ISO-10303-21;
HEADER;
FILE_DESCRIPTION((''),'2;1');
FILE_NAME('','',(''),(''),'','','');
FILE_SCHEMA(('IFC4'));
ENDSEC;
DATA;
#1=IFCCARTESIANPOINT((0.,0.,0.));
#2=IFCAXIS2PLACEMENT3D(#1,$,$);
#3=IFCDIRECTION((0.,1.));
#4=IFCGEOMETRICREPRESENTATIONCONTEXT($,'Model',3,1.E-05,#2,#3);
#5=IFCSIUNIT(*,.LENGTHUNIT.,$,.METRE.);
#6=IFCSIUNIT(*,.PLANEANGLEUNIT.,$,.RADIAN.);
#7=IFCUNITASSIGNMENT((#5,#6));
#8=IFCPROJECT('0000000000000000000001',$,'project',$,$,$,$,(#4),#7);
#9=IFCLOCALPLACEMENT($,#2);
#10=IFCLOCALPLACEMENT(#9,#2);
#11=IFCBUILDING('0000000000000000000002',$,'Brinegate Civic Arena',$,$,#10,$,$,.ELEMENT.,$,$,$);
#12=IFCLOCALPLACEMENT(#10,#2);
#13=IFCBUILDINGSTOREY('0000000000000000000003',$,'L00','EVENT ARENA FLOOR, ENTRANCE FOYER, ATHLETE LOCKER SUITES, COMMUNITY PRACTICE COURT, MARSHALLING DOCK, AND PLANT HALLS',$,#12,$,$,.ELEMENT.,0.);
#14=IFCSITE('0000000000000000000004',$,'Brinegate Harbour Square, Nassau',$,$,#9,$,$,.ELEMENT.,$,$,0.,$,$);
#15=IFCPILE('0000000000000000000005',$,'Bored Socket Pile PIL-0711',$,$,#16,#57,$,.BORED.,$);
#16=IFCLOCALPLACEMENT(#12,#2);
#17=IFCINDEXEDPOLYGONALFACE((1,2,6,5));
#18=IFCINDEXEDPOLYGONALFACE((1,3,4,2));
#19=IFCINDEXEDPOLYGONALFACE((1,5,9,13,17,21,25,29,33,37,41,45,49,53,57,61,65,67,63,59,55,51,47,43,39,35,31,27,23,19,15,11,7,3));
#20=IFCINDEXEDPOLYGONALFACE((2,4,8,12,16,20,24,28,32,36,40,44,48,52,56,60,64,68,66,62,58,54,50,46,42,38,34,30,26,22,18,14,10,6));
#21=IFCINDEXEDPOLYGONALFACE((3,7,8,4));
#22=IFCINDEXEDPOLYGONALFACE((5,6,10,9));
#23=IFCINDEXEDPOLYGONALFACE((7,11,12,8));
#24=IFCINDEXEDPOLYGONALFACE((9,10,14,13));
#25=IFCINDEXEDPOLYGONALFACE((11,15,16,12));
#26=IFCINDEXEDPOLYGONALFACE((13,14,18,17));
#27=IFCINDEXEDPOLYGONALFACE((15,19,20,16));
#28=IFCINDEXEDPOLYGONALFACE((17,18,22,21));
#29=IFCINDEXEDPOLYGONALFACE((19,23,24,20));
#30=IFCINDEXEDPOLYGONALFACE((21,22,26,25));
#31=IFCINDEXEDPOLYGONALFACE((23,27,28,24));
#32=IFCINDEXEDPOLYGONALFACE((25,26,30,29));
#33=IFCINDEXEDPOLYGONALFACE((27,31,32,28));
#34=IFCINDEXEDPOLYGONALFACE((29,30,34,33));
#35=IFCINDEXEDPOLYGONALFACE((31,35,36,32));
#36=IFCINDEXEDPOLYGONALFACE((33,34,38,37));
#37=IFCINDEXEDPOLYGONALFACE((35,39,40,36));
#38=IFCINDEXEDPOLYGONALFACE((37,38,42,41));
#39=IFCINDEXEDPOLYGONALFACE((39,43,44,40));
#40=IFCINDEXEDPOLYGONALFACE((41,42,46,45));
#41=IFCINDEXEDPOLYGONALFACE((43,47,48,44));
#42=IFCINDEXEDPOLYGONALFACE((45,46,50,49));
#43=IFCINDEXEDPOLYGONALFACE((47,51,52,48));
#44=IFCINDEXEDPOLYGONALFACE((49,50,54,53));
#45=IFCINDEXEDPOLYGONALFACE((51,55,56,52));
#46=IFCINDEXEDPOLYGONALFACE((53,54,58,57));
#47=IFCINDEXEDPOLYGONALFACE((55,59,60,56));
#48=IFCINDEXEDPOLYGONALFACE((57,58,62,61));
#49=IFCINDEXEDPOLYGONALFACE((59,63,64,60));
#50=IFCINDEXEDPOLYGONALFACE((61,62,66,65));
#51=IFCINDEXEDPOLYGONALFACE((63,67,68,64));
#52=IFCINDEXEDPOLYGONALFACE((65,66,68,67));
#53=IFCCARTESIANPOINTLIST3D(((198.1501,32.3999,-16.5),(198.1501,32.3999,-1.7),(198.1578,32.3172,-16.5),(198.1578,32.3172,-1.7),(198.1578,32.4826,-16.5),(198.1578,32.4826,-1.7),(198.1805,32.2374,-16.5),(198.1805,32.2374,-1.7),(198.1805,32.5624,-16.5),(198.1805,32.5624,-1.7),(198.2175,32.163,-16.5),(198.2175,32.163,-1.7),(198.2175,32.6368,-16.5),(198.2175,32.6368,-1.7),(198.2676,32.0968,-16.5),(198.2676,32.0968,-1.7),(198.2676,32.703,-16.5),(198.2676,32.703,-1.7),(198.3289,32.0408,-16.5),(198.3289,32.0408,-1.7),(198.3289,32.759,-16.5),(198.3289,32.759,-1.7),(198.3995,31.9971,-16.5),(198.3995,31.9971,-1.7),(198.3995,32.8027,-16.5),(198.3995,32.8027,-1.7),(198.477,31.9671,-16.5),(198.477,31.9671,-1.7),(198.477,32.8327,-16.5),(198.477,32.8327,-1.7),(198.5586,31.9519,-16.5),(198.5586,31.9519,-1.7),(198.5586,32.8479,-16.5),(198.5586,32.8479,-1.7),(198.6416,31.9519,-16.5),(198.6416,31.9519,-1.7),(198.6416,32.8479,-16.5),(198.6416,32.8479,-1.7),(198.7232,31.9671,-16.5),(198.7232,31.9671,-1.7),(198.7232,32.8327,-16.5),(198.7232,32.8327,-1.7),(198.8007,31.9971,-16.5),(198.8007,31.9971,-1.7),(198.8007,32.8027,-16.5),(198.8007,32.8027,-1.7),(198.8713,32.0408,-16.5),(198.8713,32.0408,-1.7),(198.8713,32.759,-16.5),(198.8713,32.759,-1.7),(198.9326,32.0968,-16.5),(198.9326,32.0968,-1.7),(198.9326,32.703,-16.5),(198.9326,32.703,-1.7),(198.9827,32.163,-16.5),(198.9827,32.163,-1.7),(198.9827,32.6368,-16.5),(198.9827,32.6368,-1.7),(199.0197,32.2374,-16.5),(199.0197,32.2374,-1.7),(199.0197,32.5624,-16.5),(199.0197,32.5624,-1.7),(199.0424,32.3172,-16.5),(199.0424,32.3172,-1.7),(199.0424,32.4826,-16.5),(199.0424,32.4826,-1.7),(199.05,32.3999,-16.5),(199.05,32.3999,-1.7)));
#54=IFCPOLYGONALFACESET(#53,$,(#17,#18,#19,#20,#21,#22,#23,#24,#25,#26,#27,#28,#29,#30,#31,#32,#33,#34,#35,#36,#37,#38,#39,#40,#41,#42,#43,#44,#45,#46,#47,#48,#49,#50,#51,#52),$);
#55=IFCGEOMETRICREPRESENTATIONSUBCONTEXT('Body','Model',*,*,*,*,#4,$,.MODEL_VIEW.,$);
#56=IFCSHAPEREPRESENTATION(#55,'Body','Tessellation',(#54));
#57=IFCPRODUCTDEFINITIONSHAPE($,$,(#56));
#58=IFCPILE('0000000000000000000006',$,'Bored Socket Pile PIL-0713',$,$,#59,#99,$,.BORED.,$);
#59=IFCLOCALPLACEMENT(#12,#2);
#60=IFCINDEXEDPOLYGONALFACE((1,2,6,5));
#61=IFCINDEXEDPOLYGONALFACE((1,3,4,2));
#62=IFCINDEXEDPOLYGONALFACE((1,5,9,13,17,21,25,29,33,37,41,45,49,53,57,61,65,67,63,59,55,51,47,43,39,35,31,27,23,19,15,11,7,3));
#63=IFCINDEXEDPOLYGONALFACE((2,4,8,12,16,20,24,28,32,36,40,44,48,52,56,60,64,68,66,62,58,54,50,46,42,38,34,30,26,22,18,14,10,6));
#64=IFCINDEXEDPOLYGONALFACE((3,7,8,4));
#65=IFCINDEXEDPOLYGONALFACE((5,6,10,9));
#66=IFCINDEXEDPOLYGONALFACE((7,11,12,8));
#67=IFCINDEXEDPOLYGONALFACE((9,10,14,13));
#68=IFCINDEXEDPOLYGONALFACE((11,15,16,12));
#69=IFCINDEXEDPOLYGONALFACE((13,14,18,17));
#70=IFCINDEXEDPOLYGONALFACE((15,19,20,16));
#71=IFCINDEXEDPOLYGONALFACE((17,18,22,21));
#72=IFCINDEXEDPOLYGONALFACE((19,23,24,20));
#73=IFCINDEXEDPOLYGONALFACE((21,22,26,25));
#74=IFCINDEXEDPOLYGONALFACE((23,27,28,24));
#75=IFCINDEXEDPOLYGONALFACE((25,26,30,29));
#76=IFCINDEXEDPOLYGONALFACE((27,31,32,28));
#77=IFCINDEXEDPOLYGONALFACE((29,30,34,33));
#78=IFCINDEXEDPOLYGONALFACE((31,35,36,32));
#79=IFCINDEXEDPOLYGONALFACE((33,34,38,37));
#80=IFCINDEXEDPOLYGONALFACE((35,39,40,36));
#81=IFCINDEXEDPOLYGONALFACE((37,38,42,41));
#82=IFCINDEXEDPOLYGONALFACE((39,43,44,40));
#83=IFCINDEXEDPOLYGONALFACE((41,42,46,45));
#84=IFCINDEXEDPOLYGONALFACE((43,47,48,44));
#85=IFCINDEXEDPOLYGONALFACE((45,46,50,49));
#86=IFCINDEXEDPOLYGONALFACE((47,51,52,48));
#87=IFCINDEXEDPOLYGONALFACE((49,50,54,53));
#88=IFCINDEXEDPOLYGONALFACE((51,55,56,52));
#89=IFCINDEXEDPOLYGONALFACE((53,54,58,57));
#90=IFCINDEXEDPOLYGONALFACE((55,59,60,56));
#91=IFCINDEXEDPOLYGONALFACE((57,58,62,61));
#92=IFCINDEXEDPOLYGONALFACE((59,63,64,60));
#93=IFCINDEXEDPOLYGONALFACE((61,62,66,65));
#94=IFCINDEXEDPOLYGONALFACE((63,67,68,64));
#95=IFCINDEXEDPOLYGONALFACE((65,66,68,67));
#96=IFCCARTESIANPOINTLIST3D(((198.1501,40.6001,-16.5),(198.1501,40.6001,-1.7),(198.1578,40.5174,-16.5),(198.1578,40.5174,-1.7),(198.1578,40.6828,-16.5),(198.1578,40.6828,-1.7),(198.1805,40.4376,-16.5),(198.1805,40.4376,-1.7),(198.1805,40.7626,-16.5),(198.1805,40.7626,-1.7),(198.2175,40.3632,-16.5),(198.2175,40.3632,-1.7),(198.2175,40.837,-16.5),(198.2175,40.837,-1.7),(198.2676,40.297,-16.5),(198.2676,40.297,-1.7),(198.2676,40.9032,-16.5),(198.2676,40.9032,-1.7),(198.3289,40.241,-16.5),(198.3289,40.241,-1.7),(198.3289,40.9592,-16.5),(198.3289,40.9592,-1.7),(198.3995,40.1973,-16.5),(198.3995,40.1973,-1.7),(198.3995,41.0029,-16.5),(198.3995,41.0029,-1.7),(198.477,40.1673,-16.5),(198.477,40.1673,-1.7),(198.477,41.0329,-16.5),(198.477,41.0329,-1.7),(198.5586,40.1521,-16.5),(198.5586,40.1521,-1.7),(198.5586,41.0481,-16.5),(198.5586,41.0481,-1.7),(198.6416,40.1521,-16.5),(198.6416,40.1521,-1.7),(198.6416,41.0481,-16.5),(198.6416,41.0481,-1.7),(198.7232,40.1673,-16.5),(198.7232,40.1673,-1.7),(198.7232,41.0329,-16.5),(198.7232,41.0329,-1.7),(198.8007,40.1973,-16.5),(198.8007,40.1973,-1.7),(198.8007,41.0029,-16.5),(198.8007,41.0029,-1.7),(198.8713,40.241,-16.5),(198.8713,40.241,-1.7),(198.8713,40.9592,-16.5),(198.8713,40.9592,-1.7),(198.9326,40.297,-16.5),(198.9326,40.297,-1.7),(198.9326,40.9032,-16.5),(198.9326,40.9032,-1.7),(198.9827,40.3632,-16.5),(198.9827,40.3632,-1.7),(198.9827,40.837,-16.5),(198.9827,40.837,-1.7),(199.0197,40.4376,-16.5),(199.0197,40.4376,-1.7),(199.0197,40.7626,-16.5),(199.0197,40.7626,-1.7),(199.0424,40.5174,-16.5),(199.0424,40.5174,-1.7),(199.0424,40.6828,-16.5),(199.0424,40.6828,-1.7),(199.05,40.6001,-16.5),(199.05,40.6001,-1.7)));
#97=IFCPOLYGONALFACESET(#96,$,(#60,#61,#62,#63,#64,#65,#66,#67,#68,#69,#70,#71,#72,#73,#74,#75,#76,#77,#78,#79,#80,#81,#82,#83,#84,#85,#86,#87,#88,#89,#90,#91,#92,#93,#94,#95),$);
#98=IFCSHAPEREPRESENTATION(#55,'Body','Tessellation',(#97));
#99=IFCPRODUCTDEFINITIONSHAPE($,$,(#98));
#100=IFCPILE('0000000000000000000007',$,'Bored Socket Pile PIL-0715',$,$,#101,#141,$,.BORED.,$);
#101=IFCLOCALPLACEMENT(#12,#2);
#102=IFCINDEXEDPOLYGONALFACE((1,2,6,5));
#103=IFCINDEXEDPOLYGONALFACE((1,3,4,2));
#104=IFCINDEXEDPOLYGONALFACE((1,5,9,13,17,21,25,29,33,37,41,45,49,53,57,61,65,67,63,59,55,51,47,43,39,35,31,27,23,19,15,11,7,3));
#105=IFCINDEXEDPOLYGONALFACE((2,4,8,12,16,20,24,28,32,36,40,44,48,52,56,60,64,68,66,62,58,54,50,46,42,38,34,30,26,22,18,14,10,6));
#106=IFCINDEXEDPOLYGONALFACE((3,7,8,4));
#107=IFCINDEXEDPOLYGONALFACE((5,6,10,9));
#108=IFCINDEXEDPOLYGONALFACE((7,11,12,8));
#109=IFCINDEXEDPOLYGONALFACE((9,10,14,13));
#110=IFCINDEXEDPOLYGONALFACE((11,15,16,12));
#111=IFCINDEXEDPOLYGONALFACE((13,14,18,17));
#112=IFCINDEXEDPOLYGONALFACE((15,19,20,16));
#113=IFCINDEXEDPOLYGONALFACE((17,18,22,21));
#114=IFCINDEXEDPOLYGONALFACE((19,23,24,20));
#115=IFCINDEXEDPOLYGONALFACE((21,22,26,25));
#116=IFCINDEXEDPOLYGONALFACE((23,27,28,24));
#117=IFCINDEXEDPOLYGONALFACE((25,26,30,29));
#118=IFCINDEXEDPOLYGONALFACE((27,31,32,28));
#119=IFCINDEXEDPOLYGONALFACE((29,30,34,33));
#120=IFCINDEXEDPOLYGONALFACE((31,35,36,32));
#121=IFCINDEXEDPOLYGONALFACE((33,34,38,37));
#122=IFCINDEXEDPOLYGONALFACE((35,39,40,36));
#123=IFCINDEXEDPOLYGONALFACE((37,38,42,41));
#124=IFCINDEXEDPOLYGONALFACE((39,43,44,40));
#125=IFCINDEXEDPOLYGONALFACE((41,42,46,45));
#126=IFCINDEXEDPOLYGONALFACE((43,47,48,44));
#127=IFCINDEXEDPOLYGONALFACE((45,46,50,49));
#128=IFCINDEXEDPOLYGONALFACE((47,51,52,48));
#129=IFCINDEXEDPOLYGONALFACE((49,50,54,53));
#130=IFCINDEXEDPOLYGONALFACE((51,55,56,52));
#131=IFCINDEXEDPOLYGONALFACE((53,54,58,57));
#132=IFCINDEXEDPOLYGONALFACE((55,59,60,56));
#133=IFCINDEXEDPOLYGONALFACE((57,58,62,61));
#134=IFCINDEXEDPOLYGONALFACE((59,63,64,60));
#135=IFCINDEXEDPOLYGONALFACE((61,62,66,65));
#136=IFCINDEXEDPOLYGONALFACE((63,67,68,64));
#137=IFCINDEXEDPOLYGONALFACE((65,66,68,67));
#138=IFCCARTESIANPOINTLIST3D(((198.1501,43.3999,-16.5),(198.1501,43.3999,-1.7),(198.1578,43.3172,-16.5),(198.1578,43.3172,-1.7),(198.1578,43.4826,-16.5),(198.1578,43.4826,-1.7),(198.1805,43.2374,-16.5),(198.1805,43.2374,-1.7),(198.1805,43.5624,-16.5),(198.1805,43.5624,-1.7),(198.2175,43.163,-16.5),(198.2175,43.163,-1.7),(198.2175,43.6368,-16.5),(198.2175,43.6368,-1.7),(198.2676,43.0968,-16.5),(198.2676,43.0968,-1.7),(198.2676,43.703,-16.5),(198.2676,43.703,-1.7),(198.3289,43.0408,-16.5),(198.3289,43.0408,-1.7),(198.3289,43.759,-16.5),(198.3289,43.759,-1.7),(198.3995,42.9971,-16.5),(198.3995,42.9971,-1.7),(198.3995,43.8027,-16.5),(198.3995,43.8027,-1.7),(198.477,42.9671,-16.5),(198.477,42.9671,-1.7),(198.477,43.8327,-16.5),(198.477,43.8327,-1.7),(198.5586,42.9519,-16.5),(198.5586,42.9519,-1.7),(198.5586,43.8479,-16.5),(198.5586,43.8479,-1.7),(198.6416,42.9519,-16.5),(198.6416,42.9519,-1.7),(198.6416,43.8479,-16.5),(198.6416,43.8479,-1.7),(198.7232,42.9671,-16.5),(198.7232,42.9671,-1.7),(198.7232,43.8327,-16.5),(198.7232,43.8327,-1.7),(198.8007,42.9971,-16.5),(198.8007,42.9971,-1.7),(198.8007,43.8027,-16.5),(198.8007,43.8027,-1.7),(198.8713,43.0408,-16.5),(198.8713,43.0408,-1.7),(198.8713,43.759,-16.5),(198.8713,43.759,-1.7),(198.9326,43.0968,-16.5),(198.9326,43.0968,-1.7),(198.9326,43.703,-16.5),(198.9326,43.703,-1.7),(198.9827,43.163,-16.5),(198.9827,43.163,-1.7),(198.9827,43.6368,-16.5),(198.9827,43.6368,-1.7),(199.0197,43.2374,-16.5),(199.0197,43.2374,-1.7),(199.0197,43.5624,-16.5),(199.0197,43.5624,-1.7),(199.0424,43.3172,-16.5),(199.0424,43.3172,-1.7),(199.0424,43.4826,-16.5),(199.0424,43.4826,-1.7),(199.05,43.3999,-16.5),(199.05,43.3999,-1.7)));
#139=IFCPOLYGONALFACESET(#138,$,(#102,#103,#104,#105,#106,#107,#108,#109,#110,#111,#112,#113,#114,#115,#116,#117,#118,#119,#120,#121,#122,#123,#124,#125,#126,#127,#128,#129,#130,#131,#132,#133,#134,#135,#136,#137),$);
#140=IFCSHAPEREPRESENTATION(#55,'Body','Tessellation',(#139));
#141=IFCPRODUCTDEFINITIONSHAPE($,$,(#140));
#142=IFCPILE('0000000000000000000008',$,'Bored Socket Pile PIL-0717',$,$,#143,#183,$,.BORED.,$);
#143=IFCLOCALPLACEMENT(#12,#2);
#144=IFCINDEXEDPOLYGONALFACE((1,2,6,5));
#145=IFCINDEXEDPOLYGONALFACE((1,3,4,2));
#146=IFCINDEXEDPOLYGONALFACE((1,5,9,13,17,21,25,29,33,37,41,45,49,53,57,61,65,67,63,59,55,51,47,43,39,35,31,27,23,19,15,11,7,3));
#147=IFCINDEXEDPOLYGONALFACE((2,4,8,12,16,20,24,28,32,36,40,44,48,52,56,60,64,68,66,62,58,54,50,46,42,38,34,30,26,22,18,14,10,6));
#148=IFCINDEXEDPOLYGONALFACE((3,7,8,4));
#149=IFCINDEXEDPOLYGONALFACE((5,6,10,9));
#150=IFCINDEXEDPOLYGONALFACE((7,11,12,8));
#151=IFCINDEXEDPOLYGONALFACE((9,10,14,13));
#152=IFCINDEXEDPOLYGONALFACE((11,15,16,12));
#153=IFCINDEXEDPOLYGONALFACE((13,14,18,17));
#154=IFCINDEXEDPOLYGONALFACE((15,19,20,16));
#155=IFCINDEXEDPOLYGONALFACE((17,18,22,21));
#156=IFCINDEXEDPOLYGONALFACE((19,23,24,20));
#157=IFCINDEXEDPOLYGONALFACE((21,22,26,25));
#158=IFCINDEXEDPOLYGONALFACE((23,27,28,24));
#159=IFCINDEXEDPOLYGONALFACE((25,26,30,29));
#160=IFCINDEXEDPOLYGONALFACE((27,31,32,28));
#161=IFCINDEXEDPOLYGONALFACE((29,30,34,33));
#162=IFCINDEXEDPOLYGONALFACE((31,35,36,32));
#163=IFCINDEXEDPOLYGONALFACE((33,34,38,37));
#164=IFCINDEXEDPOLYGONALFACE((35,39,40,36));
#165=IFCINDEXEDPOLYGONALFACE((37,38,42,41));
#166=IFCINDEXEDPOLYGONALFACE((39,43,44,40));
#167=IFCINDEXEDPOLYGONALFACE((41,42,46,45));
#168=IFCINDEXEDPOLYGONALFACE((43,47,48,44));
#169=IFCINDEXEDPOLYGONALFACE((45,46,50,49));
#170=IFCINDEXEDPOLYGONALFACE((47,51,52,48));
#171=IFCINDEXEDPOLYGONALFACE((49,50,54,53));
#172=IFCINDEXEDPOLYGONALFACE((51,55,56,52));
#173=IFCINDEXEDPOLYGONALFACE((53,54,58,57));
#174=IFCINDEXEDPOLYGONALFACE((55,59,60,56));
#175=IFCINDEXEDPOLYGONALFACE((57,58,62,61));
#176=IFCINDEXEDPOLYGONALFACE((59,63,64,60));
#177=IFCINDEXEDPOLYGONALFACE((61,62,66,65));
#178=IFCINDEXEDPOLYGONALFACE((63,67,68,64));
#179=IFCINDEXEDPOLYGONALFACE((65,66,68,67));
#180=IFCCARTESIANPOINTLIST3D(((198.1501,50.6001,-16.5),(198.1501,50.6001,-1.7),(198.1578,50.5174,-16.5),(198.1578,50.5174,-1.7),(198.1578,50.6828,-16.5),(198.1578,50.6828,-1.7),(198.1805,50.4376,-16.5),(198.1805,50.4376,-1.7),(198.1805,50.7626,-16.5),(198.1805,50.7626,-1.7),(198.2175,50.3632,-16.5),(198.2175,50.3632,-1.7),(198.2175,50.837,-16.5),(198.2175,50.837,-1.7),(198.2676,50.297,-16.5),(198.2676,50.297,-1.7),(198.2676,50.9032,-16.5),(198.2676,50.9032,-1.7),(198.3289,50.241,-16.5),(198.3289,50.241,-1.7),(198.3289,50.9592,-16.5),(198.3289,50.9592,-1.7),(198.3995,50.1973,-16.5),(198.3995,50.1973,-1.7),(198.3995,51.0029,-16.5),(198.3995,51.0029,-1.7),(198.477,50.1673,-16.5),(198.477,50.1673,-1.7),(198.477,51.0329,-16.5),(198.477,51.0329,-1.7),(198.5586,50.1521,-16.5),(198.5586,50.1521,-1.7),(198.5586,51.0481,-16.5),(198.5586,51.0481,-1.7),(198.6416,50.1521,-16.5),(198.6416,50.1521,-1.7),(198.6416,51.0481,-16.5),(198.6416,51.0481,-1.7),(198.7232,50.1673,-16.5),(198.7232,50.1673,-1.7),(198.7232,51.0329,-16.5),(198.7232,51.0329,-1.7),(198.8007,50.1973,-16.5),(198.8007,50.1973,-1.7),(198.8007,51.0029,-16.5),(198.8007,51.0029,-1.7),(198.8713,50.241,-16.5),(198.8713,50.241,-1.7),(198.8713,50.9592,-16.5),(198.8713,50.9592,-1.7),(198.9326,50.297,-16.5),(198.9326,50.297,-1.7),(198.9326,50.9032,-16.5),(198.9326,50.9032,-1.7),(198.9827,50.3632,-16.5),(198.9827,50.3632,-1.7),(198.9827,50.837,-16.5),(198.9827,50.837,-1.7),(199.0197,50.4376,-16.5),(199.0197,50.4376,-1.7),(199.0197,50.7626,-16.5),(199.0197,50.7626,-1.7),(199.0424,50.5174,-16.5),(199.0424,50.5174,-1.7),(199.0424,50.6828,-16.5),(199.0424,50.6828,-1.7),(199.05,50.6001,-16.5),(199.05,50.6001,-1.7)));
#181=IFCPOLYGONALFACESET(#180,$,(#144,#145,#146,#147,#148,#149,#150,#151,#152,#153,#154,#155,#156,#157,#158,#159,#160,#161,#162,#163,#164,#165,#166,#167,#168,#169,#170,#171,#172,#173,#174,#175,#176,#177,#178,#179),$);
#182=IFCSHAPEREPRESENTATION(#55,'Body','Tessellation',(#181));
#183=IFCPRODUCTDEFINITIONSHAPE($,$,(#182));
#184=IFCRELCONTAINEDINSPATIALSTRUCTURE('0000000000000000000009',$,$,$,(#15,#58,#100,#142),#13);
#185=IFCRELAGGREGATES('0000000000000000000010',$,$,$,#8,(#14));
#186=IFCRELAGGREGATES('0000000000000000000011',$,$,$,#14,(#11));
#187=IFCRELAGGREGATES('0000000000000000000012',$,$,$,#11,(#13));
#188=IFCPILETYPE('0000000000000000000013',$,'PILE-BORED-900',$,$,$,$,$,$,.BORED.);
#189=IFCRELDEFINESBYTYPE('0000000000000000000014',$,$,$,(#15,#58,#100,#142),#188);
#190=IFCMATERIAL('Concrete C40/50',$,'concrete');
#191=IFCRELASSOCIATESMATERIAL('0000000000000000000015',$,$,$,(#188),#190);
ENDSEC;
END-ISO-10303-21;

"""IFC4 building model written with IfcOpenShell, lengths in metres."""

from ifc_helpers import new_model, si_unit, direction, frame, origin, origin_2d, place, context, subcontext, project, spatial, circle, extrude, material, material_profile, profile_set, type_object, element, save


model = new_model("IFC4")

# Units and contexts
model_context = context("Model", 3, precision=1e-05, world=origin(), true_north=direction((0.0, 1.0)))
body_context = subcontext(model_context, "Body", "Model", "MODEL_VIEW")
ifc_project = project(units=[si_unit("LENGTHUNIT", "METRE"), si_unit("PLANEANGLEUNIT", "RADIAN")], contexts=[model_context])

# Site, building, storey
site_placement = place(None, origin())
site = spatial("IfcSite", under=ifc_project, at=site_placement, Name="Brinegate Harbour Square, Nassau", CompositionType="ELEMENT", RefElevation=0.0)
building_placement = place(site_placement, origin())
building = spatial("IfcBuilding", under=site, at=building_placement, Name="Brinegate Civic Arena", CompositionType="ELEMENT")
storey_placement = place(building_placement, origin())
storey = spatial("IfcBuildingStorey", under=building, at=storey_placement, Name="L00", Description="EVENT ARENA FLOOR, ENTRANCE FOYER, ATHLETE LOCKER SUITES, COMMUNITY PRACTICE COURT, MARSHALLING DOCK, AND PLANT HALLS", CompositionType="ELEMENT", Elevation=0.0)

# Shared definitions
ifc_material_1 = material(Name="Concrete C40/50", Category="concrete")

# Piles
ifc_material_profile_1 = material_profile(ifc_material_1, circle(Radius=0.45, at=origin_2d()), Name="PILED900")
ifc_profile_set_1 = profile_set([ifc_material_profile_1], Name="Concrete C40/50")
pile_type = type_object("IfcPileType", Name="PILE-BORED-900", PredefinedType="BORED", material=ifc_profile_set_1)
for number, where, z_axis, x_axis, name in (
    (1, (198.6001, 32.3999, -1.7), (0.0, 0.0, -1.0), (1.0, 0.0, 0.0), "Bored Socket Pile PIL-0711"),
    (2, (198.6001, 40.6001, -1.7), (0.0, 0.0, -1.0), (1.0, 0.0, 0.0), "Bored Socket Pile PIL-0713"),
    (3, (198.6001, 43.3999, -1.7), (0.0, 0.0, -1.0), (1.0, 0.0, 0.0), "Bored Socket Pile PIL-0715"),
    (4, (198.6001, 50.6001, -1.7), (0.0, 0.0, -1.0), (1.0, 0.0, 0.0), "Bored Socket Pile PIL-0717"),
):
    element("IfcPile", number, at=place(storey_placement, frame(where, z_axis=z_axis, x_axis=x_axis)), inside=storey, type_object=pile_type, Name=name, PredefinedType="BORED", context=body_context, shape_type="SweptSolid", body=[
        extrude(circle(Radius=0.45, at=origin_2d()), origin(), (0.0, 0.0, 1.0), 14.8),
    ])

save(model, "model.ifc")
